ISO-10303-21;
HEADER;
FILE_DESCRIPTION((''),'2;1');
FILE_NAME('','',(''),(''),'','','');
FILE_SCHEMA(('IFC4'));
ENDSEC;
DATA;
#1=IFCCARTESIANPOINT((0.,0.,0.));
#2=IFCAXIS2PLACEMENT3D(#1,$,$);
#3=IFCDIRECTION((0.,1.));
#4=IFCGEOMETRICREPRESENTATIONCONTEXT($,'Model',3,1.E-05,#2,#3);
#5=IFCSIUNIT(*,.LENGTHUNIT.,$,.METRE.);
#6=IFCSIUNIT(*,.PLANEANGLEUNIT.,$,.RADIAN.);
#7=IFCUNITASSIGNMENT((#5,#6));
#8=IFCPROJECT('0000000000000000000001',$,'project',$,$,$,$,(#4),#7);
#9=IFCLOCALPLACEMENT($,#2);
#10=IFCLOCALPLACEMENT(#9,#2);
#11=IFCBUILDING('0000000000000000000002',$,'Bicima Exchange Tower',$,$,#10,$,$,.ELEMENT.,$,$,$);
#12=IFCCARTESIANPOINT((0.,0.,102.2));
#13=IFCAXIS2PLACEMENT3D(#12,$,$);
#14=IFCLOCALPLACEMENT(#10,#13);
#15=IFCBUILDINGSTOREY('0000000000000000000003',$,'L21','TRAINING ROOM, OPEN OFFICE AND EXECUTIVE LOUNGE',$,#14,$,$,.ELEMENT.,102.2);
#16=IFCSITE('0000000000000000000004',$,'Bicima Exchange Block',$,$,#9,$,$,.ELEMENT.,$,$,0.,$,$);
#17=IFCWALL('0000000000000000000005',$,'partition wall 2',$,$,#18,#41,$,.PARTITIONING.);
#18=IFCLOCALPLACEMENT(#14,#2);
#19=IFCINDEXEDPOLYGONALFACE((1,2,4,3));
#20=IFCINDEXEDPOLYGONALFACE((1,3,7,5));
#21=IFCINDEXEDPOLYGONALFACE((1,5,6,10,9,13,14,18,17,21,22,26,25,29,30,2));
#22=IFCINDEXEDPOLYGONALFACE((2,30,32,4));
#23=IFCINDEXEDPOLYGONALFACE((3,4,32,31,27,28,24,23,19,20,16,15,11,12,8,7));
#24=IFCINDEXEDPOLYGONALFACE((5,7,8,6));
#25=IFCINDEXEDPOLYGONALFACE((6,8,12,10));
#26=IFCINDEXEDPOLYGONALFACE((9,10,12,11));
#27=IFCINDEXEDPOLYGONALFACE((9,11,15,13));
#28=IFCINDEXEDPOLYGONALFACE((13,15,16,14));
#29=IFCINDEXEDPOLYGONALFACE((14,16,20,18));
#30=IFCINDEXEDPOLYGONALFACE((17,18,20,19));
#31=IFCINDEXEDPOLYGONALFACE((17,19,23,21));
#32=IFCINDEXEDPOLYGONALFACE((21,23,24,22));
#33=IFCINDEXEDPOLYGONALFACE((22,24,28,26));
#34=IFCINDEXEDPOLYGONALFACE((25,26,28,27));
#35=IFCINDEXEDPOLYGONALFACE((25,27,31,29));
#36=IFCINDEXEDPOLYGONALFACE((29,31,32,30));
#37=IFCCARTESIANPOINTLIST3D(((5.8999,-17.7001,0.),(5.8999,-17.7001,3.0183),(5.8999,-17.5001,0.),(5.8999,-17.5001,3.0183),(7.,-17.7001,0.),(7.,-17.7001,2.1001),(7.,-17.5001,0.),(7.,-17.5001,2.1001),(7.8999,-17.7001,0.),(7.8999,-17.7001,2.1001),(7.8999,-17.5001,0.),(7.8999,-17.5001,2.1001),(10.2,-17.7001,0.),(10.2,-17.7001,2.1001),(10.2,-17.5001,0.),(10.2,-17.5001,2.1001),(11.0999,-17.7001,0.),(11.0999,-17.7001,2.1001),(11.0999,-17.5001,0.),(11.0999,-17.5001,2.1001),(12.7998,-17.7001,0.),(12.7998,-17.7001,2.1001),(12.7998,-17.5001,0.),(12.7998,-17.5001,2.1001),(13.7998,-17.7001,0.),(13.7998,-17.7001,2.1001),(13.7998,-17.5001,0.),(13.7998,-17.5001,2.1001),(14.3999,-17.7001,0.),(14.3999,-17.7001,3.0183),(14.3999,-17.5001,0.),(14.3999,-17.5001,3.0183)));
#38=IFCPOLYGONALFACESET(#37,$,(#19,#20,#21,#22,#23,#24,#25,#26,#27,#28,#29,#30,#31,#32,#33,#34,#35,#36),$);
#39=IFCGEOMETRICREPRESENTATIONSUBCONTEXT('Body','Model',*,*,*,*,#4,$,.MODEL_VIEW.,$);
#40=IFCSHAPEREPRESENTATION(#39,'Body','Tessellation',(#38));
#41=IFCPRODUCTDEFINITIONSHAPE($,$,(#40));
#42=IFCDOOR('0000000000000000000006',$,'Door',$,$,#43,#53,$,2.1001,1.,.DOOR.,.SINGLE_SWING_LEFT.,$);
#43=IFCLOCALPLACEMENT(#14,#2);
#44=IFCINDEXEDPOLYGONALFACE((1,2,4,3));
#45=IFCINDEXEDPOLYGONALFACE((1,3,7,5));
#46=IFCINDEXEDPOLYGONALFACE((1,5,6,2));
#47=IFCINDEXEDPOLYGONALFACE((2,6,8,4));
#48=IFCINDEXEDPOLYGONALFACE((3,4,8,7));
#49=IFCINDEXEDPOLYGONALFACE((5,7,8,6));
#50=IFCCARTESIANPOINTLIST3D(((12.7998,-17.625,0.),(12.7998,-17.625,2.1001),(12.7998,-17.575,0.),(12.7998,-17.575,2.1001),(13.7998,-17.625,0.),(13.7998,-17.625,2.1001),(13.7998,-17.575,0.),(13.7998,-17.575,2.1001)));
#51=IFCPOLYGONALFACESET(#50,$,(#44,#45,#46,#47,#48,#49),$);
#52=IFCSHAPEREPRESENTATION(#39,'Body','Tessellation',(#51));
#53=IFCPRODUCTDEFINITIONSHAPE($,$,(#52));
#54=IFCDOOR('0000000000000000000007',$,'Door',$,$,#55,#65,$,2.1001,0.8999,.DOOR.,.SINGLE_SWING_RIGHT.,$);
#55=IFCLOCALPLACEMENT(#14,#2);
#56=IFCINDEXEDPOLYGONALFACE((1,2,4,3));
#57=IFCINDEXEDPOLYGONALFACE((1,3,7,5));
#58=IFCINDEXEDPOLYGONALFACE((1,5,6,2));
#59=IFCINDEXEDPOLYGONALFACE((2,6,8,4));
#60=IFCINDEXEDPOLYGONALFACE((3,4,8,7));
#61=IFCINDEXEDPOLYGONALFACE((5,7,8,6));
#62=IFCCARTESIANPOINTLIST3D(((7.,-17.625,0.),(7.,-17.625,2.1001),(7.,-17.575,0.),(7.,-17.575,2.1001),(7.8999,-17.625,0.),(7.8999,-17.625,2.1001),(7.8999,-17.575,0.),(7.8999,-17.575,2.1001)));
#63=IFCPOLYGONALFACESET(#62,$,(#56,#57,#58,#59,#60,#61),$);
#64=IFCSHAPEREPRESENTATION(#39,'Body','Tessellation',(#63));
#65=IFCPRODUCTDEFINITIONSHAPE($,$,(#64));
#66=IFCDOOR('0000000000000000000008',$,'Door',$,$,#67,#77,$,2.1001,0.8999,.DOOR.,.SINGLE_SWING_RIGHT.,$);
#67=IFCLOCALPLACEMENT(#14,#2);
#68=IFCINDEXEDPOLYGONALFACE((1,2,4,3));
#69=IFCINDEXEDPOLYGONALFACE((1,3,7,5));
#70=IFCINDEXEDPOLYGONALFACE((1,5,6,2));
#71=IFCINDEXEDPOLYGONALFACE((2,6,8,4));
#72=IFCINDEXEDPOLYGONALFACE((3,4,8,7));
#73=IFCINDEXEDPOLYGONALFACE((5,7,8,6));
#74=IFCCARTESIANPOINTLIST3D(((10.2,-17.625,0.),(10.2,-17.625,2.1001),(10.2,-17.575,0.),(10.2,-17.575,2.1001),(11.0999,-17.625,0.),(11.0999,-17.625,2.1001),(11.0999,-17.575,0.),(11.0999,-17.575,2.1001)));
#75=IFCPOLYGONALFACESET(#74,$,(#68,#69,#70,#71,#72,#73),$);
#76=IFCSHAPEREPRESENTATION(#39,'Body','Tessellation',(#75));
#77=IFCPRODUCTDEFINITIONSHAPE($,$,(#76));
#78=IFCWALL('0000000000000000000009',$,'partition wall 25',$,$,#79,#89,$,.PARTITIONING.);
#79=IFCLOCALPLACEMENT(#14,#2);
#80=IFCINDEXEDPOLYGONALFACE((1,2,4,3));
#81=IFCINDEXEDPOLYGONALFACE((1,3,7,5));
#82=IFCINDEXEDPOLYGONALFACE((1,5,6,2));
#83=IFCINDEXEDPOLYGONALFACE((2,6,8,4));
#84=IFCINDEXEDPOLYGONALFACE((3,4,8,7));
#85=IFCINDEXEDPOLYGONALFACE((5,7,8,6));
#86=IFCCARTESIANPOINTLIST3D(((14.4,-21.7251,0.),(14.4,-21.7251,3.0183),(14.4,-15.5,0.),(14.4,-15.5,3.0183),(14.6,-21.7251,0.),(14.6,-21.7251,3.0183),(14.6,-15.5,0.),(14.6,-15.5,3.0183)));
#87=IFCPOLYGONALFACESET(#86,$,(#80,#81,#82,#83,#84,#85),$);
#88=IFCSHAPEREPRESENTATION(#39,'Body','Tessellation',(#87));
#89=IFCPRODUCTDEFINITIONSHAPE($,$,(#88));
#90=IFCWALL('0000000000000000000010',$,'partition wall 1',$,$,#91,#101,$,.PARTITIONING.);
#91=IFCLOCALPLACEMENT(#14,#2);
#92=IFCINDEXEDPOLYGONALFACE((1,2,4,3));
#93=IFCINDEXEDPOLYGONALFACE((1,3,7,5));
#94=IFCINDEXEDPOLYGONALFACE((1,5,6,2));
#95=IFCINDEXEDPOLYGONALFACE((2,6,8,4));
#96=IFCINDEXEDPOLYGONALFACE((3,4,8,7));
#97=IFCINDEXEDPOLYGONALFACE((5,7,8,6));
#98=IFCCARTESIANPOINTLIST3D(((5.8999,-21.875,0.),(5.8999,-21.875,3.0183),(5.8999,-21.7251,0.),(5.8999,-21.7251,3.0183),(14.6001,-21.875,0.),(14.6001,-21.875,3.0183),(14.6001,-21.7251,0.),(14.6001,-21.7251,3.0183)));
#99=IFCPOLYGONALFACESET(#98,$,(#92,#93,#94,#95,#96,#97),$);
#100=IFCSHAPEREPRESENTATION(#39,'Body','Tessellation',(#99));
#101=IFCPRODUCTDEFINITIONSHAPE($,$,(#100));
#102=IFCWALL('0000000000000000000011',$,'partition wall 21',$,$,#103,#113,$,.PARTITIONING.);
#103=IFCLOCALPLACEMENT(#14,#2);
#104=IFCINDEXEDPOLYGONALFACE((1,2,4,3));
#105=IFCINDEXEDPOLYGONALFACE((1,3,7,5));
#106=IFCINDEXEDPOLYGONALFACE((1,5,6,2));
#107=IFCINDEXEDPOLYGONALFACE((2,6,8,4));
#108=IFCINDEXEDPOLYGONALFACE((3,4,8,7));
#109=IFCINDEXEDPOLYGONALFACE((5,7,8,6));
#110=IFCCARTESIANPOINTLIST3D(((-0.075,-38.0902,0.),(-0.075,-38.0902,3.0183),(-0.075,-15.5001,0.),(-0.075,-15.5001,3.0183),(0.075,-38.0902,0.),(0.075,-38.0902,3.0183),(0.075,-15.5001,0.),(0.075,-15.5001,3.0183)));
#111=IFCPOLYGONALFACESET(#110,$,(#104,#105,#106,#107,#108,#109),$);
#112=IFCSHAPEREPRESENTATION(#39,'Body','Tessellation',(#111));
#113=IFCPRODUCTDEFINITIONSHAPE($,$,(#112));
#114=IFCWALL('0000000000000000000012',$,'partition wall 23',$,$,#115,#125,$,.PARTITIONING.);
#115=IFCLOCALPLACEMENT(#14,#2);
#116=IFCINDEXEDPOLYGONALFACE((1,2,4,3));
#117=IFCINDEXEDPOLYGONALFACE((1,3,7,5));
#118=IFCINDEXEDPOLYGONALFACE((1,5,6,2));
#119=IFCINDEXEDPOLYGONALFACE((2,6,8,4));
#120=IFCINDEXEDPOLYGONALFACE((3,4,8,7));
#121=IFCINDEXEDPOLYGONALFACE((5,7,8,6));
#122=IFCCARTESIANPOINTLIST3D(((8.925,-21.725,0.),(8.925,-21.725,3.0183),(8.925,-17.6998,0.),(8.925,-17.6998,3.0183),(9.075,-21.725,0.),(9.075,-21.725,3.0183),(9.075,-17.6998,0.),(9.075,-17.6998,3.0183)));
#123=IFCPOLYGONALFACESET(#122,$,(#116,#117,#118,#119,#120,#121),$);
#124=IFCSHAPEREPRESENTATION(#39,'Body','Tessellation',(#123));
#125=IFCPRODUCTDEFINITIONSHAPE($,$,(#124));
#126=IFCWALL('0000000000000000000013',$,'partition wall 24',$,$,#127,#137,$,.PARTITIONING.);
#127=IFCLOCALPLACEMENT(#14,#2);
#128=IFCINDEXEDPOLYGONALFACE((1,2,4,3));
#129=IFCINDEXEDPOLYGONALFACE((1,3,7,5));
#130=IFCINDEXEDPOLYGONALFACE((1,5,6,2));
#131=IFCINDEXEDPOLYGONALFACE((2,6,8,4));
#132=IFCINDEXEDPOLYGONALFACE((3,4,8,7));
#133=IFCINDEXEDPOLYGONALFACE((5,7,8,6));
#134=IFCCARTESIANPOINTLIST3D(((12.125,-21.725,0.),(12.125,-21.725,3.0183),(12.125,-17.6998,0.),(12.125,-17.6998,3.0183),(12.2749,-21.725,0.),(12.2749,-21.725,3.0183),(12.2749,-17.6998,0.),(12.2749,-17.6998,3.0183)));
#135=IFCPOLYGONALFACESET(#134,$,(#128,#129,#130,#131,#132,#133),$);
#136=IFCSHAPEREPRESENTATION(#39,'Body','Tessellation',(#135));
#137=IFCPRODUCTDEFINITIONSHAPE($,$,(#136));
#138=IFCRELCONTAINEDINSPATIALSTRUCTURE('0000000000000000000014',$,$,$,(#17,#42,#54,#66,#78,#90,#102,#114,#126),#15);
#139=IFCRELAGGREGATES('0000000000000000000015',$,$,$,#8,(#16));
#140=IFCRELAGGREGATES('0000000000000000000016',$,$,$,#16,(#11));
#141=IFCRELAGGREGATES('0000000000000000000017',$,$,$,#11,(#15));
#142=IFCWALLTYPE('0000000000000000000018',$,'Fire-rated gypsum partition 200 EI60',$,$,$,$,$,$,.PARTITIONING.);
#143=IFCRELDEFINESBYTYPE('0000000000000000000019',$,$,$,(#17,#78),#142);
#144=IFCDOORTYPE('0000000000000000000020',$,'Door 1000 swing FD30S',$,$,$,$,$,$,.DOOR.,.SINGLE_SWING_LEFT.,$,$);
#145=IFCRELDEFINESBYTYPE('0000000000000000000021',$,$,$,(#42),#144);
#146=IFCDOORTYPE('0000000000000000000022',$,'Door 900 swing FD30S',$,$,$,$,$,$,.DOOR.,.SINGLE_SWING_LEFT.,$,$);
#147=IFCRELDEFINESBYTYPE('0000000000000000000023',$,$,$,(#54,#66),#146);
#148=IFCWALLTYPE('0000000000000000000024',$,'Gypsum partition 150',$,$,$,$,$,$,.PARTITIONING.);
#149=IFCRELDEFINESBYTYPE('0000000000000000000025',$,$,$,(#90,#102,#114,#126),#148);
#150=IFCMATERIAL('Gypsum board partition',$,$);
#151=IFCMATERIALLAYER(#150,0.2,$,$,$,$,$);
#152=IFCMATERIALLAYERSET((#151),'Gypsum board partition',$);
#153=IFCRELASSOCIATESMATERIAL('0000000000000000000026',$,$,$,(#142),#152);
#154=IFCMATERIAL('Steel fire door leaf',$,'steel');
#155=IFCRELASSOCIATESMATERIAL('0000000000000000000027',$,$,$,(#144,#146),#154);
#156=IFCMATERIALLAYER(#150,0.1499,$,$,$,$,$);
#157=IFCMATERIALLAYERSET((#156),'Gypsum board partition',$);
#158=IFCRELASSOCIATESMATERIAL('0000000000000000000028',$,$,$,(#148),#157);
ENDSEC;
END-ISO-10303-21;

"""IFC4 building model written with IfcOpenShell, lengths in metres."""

from ifc_helpers import new_model, si_unit, direction, frame, frame_2d, origin, place, context, subcontext, project, spatial, rectangle, extrude, material, layer, layer_set, type_object, element, fill, save


model = new_model("IFC4")

# Units and contexts
model_context = context("Model", 3, precision=1e-05, world=origin(), true_north=direction((0.0, 1.0)))
body_context = subcontext(model_context, "Body", "Model", "MODEL_VIEW")
ifc_project = project(units=[si_unit("LENGTHUNIT", "METRE"), si_unit("PLANEANGLEUNIT", "RADIAN")], contexts=[model_context])

# Site, building, storey
site_placement = place(None, origin())
site = spatial("IfcSite", under=ifc_project, at=site_placement, Name="Bicima Exchange Block", CompositionType="ELEMENT", RefElevation=0.0)
building_placement = place(site_placement, origin())
building = spatial("IfcBuilding", under=site, at=building_placement, Name="Bicima Exchange Tower", CompositionType="ELEMENT")
storey_placement = place(building_placement, frame((0.0, 0.0, 102.2)))
storey = spatial("IfcBuildingStorey", under=building, at=storey_placement, Name="L21", Description="TRAINING ROOM, OPEN OFFICE AND EXECUTIVE LOUNGE", CompositionType="ELEMENT", Elevation=102.2)

# Wall, openings, doors
ifc_material_1 = material(Name="Gypsum board partition")
ifc_layer_1 = layer(ifc_material_1, 0.2)
ifc_layer_set_1 = layer_set([ifc_layer_1], Name="Gypsum board partition")
wall_type_1 = type_object("IfcWallType", Name="Fire-rated gypsum partition 200 EI60", PredefinedType="PARTITIONING", material=ifc_layer_set_1)
wall_1_placement = place(storey_placement, frame((5.8999, -17.6001, 0.0), z_axis=(0.0, 0.0, 1.0), x_axis=(1.0, 0.0, 0.0)))
wall_1 = element("IfcWall", 1, at=wall_1_placement, inside=storey, type_object=wall_type_1, Name="partition wall 2", PredefinedType="PARTITIONING", context=body_context, shape_type="SweptSolid", body=[
    extrude(rectangle(XDim=8.5, YDim=0.2, at=frame_2d((4.25, 0.0))), origin(), (0.0, 0.0, 1.0), 3.0183),
])
opening_1_placement = place(wall_1_placement, frame((1.1001, 0.0, 0.0)))
opening_1 = element("IfcOpeningElement", 2, at=opening_1_placement, cuts=wall_1, PredefinedType="OPENING", context=body_context, shape_type="SweptSolid", body=[
    extrude(rectangle(XDim=0.8999, YDim=2.1001, at=frame_2d((0.45, 1.05))), frame((0.0, 0.1118, 0.0), z_axis=(0.0, -1.0, 0.0), x_axis=(1.0, 0.0, 0.0)), (0.0, 0.0, 1.0), 0.2239),
])
opening_2_placement = place(wall_1_placement, frame((4.3, 0.0, 0.0)))
opening_2 = element("IfcOpeningElement", 3, at=opening_2_placement, cuts=wall_1, PredefinedType="OPENING", context=body_context, shape_type="SweptSolid", body=[
    extrude(rectangle(XDim=0.8999, YDim=2.1001, at=frame_2d((0.45, 1.05))), frame((0.0, 0.1118, 0.0), z_axis=(0.0, -1.0, 0.0), x_axis=(1.0, 0.0, 0.0)), (0.0, 0.0, 1.0), 0.2239),
])
opening_3_placement = place(wall_1_placement, frame((6.8999, 0.0, 0.0)))
opening_3 = element("IfcOpeningElement", 4, at=opening_3_placement, cuts=wall_1, PredefinedType="OPENING", context=body_context, shape_type="SweptSolid", body=[
    extrude(rectangle(XDim=1.0, YDim=2.1001, at=frame_2d((0.5, 1.05))), frame((0.0, 0.1118, 0.0), z_axis=(0.0, -1.0, 0.0), x_axis=(1.0, 0.0, 0.0)), (0.0, 0.0, 1.0), 0.2239),
])
ifc_material_2 = material(Name="Steel fire door leaf", Category="steel")
door_type_1 = type_object("IfcDoorType", Name="Door 1000 swing FD30S", OperationType="SINGLE_SWING_LEFT", PredefinedType="DOOR", material=ifc_material_2)
door_1_placement = place(opening_3_placement, frame((1.0, 0.0, 0.0), z_axis=(0.0, 0.0, 1.0), x_axis=(-1.0, 0.0, 0.0)))
door_1 = element("IfcDoor", 5, at=door_1_placement, inside=storey, type_object=door_type_1, Name="Door", OperationType="SINGLE_SWING_LEFT", OverallHeight=2.1001, OverallWidth=1.0, PredefinedType="DOOR", context=body_context, shape_type="SweptSolid", body=[
    extrude(rectangle(XDim=1.0, YDim=2.1001, at=frame_2d((0.5, 1.05))), frame((0.0, 0.0249, 0.0), z_axis=(0.0, -1.0, 0.0), x_axis=(1.0, 0.0, 0.0)), (0.0, 0.0, 1.0), 0.05),
])
fill(opening_3, door_1)
door_type_2 = type_object("IfcDoorType", Name="Door 900 swing FD30S", OperationType="SINGLE_SWING_LEFT", PredefinedType="DOOR", material=ifc_material_2)
door_2_placement = place(opening_1_placement, frame((0.8999, 0.0, 0.0), z_axis=(0.0, 0.0, 1.0), x_axis=(-1.0, 0.0, 0.0)))
door_2 = element("IfcDoor", 6, at=door_2_placement, inside=storey, type_object=door_type_2, Name="Door", OperationType="SINGLE_SWING_RIGHT", OverallHeight=2.1001, OverallWidth=0.8999, PredefinedType="DOOR", context=body_context, shape_type="SweptSolid", body=[
    extrude(rectangle(XDim=0.8999, YDim=2.1001, at=frame_2d((0.45, 1.05))), frame((0.0, 0.0249, 0.0), z_axis=(0.0, -1.0, 0.0), x_axis=(1.0, 0.0, 0.0)), (0.0, 0.0, 1.0), 0.05),
])
fill(opening_1, door_2)
door_3_placement = place(opening_2_placement, frame((0.8999, 0.0, 0.0), z_axis=(0.0, 0.0, 1.0), x_axis=(-1.0, 0.0, 0.0)))
door_3 = element("IfcDoor", 7, at=door_3_placement, inside=storey, type_object=door_type_2, Name="Door", OperationType="SINGLE_SWING_RIGHT", OverallHeight=2.1001, OverallWidth=0.8999, PredefinedType="DOOR", context=body_context, shape_type="SweptSolid", body=[
    extrude(rectangle(XDim=0.8999, YDim=2.1001, at=frame_2d((0.45, 1.05))), frame((0.0, 0.0249, 0.0), z_axis=(0.0, -1.0, 0.0), x_axis=(1.0, 0.0, 0.0)), (0.0, 0.0, 1.0), 0.05),
])
fill(opening_2, door_3)

# Walls
wall_2_placement = place(storey_placement, frame((14.5, -21.7251, 0.0), z_axis=(0.0, 0.0, 1.0), x_axis=(0.0, 1.0, 0.0)))
element("IfcWall", 8, at=wall_2_placement, inside=storey, type_object=wall_type_1, Name="partition wall 25", PredefinedType="PARTITIONING", context=body_context, shape_type="SweptSolid", body=[
    extrude(rectangle(XDim=6.2251, YDim=0.2, at=frame_2d((3.1125, 0.0))), origin(), (0.0, 0.0, 1.0), 3.0183),
])
ifc_layer_2 = layer(ifc_material_1, 0.1499)
ifc_layer_set_2 = layer_set([ifc_layer_2], Name="Gypsum board partition")
wall_type_2 = type_object("IfcWallType", Name="Gypsum partition 150", PredefinedType="PARTITIONING", material=ifc_layer_set_2)
wall_3_placement = place(storey_placement, frame((5.8999, -21.8, 0.0), z_axis=(0.0, 0.0, 1.0), x_axis=(1.0, 0.0, 0.0)))
element("IfcWall", 9, at=wall_3_placement, inside=storey, type_object=wall_type_2, Name="partition wall 1", PredefinedType="PARTITIONING", context=body_context, shape_type="SweptSolid", body=[
    extrude(rectangle(XDim=8.7002, YDim=0.1499, at=frame_2d((4.3501, 0.0))), origin(), (0.0, 0.0, 1.0), 3.0183),
])
wall_4_placement = place(storey_placement, frame((0.0, -38.0901, 0.0), z_axis=(0.0, 0.0, 1.0), x_axis=(0.0, 1.0, 0.0)))
element("IfcWall", 10, at=wall_4_placement, inside=storey, type_object=wall_type_2, Name="partition wall 21", PredefinedType="PARTITIONING", context=body_context, shape_type="SweptSolid", body=[
    extrude(rectangle(XDim=22.5901, YDim=0.1499, at=frame_2d((11.2949, 0.0))), origin(), (0.0, 0.0, 1.0), 3.0183),
])
for number, where, z_axis, x_axis, name in (
    (11, (9.0, -21.7251, 0.0), (0.0, 0.0, 1.0), (0.0, 1.0, 0.0), "partition wall 23"),
    (12, (12.2, -21.7251, 0.0), (0.0, 0.0, 1.0), (0.0, 1.0, 0.0), "partition wall 24"),
):
    element("IfcWall", number, at=place(storey_placement, frame(where, z_axis=z_axis, x_axis=x_axis)), inside=storey, type_object=wall_type_2, Name=name, PredefinedType="PARTITIONING", context=body_context, shape_type="SweptSolid", body=[
        extrude(rectangle(XDim=4.0251, YDim=0.1499, at=frame_2d((2.0127, 0.0))), origin(), (0.0, 0.0, 1.0), 3.0183),
    ])

save(model, "model.ifc")
